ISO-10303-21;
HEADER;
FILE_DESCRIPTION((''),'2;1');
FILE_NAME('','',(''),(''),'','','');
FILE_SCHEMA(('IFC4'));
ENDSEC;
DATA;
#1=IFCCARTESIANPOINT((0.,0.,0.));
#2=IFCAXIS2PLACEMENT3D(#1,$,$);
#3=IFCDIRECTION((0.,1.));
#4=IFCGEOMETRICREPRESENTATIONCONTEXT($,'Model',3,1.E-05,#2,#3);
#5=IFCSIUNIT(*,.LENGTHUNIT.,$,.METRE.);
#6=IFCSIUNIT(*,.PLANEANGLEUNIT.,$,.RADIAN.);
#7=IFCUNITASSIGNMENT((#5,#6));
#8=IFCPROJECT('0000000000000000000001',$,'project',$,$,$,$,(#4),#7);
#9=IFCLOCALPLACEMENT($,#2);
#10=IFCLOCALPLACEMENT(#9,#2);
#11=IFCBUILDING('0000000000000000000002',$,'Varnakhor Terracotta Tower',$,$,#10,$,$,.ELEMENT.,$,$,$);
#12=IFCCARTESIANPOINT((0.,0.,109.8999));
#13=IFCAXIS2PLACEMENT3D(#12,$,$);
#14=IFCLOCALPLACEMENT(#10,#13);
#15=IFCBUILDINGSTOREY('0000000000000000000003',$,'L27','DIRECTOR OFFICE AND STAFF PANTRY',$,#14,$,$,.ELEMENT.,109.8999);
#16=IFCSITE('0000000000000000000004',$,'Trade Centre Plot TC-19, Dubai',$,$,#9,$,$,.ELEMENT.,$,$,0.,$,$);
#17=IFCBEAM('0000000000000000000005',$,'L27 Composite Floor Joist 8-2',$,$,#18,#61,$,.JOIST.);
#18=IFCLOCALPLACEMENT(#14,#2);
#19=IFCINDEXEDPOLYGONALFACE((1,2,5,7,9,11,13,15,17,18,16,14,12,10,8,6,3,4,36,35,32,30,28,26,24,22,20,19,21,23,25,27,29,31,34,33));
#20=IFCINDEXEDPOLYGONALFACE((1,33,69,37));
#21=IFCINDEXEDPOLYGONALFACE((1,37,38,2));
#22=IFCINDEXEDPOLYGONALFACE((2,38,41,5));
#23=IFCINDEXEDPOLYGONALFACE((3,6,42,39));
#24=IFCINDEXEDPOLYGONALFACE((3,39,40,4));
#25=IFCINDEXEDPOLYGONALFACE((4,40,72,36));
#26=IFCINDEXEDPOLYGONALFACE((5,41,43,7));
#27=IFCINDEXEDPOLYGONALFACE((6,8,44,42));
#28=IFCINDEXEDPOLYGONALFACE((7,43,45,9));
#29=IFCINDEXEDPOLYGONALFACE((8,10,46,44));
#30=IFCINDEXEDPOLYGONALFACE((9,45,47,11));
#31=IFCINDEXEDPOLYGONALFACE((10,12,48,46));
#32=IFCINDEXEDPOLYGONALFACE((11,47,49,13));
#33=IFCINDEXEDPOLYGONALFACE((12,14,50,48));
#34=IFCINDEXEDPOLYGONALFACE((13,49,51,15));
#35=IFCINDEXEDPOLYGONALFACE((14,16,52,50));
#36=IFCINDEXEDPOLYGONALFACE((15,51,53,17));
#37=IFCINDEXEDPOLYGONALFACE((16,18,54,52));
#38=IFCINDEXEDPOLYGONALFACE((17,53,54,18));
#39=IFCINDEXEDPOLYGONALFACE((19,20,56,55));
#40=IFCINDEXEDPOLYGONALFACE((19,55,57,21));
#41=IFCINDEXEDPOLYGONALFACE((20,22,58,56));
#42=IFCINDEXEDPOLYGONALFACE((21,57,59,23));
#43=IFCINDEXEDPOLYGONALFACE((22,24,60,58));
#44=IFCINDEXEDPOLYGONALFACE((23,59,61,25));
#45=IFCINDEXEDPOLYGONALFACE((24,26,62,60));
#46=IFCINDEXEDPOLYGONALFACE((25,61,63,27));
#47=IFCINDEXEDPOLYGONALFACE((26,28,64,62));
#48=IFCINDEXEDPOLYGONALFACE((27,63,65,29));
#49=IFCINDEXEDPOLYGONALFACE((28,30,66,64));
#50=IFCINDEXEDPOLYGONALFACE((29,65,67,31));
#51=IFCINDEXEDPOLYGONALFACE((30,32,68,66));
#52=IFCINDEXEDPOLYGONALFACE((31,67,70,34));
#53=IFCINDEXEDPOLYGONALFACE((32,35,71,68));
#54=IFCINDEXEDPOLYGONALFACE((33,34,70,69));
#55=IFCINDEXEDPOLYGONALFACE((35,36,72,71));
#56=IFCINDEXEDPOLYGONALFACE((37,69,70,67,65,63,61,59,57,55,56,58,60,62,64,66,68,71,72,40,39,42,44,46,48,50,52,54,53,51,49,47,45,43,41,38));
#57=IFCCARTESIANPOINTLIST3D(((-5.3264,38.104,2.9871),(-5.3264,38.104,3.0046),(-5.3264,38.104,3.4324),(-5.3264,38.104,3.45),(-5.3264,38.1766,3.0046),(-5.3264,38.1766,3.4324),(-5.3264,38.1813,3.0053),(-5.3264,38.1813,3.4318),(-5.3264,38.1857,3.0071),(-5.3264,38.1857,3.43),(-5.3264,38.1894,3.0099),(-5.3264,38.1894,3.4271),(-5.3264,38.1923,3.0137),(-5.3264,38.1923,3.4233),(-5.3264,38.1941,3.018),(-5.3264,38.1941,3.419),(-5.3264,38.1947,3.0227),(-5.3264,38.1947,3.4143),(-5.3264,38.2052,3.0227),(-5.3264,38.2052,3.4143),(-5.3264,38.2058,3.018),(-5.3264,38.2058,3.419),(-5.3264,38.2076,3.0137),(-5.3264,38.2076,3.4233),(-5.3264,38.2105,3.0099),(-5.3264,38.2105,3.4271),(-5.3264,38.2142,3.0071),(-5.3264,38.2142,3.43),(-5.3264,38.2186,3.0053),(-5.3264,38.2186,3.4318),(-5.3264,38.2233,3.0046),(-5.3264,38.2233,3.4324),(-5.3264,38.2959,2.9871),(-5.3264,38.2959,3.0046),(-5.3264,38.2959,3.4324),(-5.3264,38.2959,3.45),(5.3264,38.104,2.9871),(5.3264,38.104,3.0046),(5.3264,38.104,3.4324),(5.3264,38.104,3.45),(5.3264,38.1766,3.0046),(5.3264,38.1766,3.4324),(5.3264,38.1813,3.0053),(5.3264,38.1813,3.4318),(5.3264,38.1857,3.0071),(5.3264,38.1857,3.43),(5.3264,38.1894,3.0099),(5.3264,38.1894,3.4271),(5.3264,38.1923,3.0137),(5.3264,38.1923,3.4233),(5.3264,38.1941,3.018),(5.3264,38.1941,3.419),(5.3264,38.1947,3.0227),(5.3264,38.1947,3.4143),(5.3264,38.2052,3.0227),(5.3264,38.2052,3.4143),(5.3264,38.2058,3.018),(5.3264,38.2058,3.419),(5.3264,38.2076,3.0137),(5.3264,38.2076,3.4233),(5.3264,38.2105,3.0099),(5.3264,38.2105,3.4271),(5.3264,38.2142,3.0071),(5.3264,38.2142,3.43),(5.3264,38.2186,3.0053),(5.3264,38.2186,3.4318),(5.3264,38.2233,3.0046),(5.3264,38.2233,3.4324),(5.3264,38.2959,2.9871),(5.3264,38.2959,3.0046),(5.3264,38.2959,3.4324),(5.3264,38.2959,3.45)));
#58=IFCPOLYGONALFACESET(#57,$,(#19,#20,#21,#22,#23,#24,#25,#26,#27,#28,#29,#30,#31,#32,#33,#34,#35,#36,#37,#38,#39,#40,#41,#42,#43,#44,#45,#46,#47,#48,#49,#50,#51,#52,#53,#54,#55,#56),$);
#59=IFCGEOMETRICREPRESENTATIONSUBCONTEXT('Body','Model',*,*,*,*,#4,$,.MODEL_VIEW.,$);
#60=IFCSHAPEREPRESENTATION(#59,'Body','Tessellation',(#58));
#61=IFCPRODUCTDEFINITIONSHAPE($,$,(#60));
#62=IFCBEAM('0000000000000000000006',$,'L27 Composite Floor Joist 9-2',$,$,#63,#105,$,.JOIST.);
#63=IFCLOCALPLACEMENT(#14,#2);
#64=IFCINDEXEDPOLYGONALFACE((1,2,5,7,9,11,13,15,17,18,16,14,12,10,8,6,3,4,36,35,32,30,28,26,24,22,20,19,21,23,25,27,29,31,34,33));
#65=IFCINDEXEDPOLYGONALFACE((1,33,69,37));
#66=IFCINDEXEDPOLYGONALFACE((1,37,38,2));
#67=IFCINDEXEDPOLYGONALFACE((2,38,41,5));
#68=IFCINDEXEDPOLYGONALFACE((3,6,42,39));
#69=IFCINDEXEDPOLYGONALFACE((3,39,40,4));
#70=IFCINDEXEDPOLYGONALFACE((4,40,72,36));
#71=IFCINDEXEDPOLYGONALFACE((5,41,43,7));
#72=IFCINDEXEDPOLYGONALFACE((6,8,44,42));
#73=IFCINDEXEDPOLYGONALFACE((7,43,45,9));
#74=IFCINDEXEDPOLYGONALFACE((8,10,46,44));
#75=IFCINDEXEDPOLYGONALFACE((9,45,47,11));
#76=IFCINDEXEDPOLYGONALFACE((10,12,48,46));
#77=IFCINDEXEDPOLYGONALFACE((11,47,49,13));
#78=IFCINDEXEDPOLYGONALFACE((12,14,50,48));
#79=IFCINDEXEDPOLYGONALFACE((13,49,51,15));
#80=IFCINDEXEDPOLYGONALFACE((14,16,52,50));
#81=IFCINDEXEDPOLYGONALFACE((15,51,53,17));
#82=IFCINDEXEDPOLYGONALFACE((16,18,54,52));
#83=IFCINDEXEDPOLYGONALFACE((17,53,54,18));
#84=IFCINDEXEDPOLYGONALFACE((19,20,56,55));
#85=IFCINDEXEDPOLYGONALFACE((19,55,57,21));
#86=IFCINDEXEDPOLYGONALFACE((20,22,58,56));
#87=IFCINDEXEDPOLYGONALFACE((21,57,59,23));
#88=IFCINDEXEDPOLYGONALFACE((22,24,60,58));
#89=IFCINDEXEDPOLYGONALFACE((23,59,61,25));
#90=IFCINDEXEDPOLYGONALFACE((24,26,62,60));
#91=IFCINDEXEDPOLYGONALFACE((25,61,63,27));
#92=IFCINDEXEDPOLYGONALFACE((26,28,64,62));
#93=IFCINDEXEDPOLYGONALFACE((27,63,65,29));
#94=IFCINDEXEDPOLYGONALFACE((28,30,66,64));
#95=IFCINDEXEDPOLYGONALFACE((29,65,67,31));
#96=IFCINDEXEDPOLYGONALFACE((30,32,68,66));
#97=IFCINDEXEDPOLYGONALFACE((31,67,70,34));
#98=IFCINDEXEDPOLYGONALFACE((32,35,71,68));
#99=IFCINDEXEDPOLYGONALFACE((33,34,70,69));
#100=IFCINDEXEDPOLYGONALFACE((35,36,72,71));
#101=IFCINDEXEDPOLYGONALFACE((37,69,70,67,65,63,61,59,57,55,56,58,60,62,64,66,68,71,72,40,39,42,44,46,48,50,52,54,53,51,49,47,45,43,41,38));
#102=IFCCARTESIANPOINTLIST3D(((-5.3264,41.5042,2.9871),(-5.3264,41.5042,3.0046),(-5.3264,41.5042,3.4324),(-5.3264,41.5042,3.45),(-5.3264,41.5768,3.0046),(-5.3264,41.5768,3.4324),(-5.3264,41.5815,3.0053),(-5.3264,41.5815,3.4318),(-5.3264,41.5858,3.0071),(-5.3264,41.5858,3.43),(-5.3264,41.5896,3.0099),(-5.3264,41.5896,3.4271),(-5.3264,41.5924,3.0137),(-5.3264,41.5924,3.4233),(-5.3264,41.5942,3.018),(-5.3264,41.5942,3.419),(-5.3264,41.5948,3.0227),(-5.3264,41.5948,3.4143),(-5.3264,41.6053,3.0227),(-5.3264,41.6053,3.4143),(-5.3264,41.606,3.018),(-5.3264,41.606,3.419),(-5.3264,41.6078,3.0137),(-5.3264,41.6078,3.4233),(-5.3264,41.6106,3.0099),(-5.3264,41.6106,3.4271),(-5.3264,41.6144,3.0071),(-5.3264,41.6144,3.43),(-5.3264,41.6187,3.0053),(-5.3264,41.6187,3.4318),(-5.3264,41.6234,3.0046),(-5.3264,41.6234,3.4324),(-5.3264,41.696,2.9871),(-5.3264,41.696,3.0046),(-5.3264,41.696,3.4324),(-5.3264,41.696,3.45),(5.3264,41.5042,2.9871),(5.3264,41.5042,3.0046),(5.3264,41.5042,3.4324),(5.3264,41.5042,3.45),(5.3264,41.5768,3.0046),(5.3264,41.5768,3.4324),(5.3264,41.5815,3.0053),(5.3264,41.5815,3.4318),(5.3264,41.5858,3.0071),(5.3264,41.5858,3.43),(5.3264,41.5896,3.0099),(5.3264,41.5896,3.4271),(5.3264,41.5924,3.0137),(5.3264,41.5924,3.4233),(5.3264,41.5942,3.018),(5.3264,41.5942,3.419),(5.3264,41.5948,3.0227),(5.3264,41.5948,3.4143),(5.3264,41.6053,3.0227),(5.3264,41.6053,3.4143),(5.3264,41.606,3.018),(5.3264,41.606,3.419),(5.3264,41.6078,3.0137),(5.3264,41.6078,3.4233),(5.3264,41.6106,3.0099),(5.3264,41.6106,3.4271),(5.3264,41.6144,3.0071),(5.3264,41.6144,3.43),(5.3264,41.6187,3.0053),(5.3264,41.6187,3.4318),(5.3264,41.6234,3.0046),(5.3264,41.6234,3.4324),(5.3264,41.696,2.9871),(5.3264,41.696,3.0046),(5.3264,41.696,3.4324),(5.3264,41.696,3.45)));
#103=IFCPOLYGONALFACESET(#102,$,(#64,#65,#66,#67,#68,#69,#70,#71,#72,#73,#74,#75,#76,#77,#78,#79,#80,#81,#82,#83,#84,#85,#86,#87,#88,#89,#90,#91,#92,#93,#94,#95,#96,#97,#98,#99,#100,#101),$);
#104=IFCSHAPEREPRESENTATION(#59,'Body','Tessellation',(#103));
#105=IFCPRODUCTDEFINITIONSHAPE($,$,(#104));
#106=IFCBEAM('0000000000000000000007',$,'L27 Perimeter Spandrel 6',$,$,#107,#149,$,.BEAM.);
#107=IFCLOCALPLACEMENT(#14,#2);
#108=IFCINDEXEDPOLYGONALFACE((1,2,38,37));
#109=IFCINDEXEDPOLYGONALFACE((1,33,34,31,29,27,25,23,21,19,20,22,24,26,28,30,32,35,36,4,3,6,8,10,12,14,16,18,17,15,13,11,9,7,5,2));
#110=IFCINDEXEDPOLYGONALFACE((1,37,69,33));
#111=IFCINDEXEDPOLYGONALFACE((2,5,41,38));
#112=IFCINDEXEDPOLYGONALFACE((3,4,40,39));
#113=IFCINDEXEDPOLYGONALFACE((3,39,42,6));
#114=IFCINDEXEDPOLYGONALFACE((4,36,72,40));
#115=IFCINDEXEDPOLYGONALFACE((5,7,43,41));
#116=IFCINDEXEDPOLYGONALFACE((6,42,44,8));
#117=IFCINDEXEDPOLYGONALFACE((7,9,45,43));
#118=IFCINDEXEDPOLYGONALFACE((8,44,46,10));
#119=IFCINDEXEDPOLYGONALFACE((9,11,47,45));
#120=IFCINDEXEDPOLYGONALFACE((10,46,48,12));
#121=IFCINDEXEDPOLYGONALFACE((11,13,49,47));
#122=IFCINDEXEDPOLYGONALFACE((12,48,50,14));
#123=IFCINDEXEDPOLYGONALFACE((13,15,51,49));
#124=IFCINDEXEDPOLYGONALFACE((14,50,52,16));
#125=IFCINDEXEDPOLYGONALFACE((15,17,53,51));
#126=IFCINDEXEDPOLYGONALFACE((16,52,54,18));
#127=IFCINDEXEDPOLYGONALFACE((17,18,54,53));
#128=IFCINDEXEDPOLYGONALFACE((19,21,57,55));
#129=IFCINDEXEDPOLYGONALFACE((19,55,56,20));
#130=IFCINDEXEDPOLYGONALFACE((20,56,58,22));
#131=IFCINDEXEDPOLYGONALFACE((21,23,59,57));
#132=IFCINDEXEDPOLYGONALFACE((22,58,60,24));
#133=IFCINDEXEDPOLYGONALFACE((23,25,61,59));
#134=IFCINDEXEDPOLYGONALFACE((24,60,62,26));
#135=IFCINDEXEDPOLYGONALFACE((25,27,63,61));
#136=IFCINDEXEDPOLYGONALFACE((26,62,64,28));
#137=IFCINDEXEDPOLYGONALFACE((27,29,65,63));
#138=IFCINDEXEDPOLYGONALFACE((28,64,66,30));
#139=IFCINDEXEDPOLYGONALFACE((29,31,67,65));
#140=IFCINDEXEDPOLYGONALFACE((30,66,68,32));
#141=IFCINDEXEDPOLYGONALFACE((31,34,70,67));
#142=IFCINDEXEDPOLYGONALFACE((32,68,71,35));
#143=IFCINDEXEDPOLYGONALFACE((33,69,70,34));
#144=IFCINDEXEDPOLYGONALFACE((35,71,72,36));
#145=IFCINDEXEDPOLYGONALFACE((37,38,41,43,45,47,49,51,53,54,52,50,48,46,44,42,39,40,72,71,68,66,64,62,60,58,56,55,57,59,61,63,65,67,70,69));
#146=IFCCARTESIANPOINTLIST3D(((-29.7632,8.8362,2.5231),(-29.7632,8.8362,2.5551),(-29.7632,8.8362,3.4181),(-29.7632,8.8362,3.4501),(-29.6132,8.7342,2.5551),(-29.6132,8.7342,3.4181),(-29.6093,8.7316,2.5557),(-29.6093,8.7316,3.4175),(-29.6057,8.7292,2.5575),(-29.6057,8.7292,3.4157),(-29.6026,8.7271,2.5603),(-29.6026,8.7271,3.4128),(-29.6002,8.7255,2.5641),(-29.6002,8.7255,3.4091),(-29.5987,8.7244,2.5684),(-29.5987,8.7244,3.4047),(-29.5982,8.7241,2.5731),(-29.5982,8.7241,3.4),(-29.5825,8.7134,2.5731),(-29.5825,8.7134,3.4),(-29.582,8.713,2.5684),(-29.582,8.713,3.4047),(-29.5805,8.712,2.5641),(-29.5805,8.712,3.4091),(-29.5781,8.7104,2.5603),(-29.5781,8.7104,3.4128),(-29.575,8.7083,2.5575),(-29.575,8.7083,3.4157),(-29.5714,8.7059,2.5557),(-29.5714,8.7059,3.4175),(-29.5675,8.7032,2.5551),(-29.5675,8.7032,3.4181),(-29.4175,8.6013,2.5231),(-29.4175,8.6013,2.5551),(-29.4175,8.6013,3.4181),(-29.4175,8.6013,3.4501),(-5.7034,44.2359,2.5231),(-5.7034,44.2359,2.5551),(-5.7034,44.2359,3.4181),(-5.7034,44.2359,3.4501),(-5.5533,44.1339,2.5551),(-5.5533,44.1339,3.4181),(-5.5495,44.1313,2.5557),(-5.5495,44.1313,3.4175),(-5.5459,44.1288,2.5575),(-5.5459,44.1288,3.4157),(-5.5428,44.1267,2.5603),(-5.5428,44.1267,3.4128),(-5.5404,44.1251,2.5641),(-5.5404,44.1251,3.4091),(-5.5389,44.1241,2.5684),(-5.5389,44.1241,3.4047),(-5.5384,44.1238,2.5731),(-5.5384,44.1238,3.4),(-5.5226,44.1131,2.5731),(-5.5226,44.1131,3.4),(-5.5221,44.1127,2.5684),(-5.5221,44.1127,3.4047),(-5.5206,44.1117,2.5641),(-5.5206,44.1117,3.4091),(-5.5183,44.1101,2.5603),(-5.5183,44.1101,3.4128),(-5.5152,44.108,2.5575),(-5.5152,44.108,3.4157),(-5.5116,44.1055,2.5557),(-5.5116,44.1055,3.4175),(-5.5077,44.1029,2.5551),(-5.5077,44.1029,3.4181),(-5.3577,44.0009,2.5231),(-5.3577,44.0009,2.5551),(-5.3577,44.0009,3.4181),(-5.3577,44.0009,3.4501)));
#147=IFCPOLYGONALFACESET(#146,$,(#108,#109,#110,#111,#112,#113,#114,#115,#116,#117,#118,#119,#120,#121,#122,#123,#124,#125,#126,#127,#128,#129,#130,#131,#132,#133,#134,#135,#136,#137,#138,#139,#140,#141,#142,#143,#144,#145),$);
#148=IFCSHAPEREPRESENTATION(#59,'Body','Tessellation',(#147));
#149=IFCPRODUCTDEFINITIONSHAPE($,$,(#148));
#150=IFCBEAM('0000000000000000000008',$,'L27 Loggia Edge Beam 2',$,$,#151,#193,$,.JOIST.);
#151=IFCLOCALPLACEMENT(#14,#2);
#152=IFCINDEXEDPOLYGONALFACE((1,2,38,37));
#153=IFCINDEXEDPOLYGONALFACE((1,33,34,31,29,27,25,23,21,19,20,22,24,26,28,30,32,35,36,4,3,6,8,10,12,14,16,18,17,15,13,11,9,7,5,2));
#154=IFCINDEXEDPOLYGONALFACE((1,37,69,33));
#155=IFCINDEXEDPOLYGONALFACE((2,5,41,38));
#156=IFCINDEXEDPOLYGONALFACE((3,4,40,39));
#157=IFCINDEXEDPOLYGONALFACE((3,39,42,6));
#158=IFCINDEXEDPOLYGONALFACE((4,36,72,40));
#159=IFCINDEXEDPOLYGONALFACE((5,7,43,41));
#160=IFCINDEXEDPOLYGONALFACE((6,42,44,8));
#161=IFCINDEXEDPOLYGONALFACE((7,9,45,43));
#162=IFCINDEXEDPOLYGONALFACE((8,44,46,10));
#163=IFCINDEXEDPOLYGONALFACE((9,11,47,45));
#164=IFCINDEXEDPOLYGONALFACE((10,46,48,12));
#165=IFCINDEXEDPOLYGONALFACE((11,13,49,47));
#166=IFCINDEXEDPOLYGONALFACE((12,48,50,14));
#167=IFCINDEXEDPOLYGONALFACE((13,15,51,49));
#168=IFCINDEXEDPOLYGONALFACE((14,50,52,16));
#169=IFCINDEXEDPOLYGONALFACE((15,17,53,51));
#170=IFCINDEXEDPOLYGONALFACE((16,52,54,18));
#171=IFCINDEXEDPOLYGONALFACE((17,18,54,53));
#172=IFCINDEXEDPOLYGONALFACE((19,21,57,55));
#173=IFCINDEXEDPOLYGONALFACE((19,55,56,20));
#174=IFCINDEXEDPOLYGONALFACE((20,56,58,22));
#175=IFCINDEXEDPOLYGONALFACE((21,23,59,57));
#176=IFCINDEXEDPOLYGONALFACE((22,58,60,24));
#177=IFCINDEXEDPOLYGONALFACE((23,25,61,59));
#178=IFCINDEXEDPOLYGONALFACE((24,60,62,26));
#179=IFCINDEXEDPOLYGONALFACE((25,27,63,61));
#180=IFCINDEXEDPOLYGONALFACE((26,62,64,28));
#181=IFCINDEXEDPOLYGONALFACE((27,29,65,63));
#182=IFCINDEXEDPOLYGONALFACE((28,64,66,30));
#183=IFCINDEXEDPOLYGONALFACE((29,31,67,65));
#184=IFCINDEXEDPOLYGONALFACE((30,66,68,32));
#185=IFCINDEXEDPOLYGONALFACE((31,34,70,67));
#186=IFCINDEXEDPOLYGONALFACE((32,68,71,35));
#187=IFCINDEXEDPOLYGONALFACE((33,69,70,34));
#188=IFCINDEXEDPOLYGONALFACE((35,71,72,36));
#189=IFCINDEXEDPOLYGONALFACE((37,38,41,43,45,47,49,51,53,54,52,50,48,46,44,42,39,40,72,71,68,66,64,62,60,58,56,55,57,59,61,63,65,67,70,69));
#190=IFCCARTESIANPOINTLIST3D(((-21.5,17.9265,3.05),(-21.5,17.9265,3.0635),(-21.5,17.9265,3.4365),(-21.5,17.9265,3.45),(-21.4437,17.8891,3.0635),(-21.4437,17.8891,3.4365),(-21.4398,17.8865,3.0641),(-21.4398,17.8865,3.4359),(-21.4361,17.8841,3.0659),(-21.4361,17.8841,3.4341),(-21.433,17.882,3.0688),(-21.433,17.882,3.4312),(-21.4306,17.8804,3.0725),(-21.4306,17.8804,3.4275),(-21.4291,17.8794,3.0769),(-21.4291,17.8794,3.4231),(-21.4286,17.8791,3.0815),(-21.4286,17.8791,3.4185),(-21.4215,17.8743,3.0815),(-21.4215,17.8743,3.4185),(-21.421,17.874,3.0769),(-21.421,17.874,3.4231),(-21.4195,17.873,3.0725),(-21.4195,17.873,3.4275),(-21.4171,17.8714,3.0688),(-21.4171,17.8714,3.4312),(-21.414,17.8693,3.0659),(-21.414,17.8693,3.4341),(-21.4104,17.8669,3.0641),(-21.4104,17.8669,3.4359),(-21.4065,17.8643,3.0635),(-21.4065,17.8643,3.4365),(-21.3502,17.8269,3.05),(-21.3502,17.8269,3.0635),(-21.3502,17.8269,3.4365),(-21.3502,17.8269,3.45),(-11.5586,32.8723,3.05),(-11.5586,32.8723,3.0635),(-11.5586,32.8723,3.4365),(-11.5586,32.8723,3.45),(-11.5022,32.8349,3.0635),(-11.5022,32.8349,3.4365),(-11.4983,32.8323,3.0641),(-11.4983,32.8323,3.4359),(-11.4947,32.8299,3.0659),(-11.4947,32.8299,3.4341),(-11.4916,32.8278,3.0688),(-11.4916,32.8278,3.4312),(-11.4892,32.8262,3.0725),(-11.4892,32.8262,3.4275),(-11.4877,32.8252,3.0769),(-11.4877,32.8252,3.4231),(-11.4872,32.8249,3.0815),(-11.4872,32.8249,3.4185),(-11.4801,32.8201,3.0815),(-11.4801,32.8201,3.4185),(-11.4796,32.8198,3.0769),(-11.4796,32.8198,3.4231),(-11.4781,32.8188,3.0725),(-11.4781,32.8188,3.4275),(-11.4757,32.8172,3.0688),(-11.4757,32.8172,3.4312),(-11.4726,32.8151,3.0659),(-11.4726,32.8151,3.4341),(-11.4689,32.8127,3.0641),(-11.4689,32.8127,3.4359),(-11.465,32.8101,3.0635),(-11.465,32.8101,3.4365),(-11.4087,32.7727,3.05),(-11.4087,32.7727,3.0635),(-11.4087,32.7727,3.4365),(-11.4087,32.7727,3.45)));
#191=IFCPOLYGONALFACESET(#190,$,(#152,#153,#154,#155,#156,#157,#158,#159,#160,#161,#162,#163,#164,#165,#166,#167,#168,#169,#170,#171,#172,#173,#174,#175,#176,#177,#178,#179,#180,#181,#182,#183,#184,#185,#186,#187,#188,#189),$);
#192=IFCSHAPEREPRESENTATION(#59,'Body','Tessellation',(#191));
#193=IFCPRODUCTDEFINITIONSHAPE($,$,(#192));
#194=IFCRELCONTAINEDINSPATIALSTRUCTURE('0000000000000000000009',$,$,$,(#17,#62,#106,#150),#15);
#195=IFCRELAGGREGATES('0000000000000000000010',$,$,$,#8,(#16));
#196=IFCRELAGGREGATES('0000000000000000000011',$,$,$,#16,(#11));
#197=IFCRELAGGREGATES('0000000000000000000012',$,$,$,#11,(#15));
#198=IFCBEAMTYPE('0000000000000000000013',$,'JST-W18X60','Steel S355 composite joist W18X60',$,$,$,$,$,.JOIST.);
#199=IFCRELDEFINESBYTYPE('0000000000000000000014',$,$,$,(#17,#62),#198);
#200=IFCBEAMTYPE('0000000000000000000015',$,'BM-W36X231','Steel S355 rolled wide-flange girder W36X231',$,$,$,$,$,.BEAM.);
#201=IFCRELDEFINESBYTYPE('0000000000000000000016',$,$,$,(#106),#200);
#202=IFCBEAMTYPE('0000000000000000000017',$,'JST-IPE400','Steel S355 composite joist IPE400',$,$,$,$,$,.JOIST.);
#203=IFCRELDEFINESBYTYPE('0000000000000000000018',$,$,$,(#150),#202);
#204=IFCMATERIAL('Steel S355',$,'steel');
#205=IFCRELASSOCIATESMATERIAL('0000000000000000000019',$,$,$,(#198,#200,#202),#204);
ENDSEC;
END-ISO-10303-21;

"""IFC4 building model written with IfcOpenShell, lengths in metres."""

from ifc_helpers import new_model, si_unit, direction, frame, origin, origin_2d, place, context, subcontext, project, spatial, i_section, extrude, source, transform, mapped, material, material_profile, profile_set, type_object, element, save


model = new_model("IFC4")

# Units and contexts
model_context = context("Model", 3, precision=1e-05, world=origin(), true_north=direction((0.0, 1.0)))
body_context = subcontext(model_context, "Body", "Model", "MODEL_VIEW")
ifc_project = project(units=[si_unit("LENGTHUNIT", "METRE"), si_unit("PLANEANGLEUNIT", "RADIAN")], contexts=[model_context])

# Site, building, storey
site_placement = place(None, origin())
site = spatial("IfcSite", under=ifc_project, at=site_placement, Name="Trade Centre Plot TC-19, Dubai", CompositionType="ELEMENT", RefElevation=0.0)
building_placement = place(site_placement, origin())
building = spatial("IfcBuilding", under=site, at=building_placement, Name="Varnakhor Terracotta Tower", CompositionType="ELEMENT")
storey_placement = place(building_placement, frame((0.0, 0.0, 109.8999)))
storey = spatial("IfcBuildingStorey", under=building, at=storey_placement, Name="L27", Description="DIRECTOR OFFICE AND STAFF PANTRY", CompositionType="ELEMENT", Elevation=109.8999)

# Beams
ifc_material_1 = material(Name="Steel S355", Category="steel")
ifc_material_profile_1 = material_profile(ifc_material_1, i_section(OverallWidth=0.1919, OverallDepth=0.4629, WebThickness=0.0105, FlangeThickness=0.0176, FilletRadius=0.0181, at=origin_2d()), Name="W18X60")
ifc_profile_set_1 = profile_set([ifc_material_profile_1], Name="Steel S355")
beam_type_1 = type_object("IfcBeamType", Name="JST-W18X60", Description="Steel S355 composite joist W18X60", PredefinedType="JOIST", material=ifc_profile_set_1)
shared_shape_1 = source(origin(), body_context, "Body", "SweptSolid", [
    extrude(i_section(OverallWidth=0.1919, OverallDepth=0.4629, WebThickness=0.0105, FlangeThickness=0.0176, FilletRadius=0.0181, at=origin_2d()), origin(), (0.0, 0.0, 1.0), 10.6528),
])
for number, where, z_axis, x_axis, name in (
    (1, (-5.3264, 38.2, 3.2185), (1.0, 0.0, 0.0), (0.0, 1.0, 0.0), "L27 Composite Floor Joist 8-2"),
    (2, (-5.3264, 41.6001, 3.2185), (1.0, 0.0, 0.0), (0.0, 1.0, 0.0), "L27 Composite Floor Joist 9-2"),
):
    element("IfcBeam", number, at=place(storey_placement, frame(where, z_axis=z_axis, x_axis=x_axis)), inside=storey, type_object=beam_type_1, Name=name, PredefinedType="JOIST", context=body_context, shape_type="MappedRepresentation", body=[
        mapped(shared_shape_1, transform((0.0, 0.0, 0.0), scale=1.0)),
    ])
ifc_material_profile_2 = material_profile(ifc_material_1, i_section(OverallWidth=0.418, OverallDepth=0.927, WebThickness=0.019, FlangeThickness=0.032, FilletRadius=0.0181, at=origin_2d()), Name="W36X231")
ifc_profile_set_2 = profile_set([ifc_material_profile_2], Name="Steel S355")
beam_type_2 = type_object("IfcBeamType", Name="BM-W36X231", Description="Steel S355 rolled wide-flange girder W36X231", PredefinedType="BEAM", material=ifc_profile_set_2)
shared_shape_2 = source(origin(), body_context, "Body", "SweptSolid", [
    extrude(i_section(OverallWidth=0.418, OverallDepth=0.927, WebThickness=0.019, FlangeThickness=0.032, FilletRadius=0.0181, at=origin_2d()), origin(), (0.0, 0.0, 1.0), 42.802),
])
beam_1_placement = place(storey_placement, frame((-5.5305, 44.1184, 2.9866), z_axis=(-0.562119, -0.827056, 0.0), x_axis=(0.827056, -0.562119, 0.0)))
element("IfcBeam", 3, at=beam_1_placement, inside=storey, type_object=beam_type_2, Name="L27 Perimeter Spandrel 6", PredefinedType="BEAM", context=body_context, shape_type="MappedRepresentation", body=[
    mapped(shared_shape_2, transform((0.0, 0.0, 0.0), scale=1.0)),
])
ifc_material_profile_3 = material_profile(ifc_material_1, i_section(OverallWidth=0.1799, OverallDepth=0.3999, WebThickness=0.0085, FlangeThickness=0.0134, FilletRadius=0.0181, at=origin_2d()), Name="IPE400")
ifc_profile_set_3 = profile_set([ifc_material_profile_3], Name="Steel S355")
beam_type_3 = type_object("IfcBeamType", Name="JST-IPE400", Description="Steel S355 composite joist IPE400", PredefinedType="JOIST", material=ifc_profile_set_3)
shared_shape_3 = source(origin(), body_context, "Body", "SweptSolid", [
    extrude(i_section(OverallWidth=0.1799, OverallDepth=0.3999, WebThickness=0.0085, FlangeThickness=0.0134, FilletRadius=0.0181, at=origin_2d()), origin(), (0.0, 0.0, 1.0), 17.9502),
])
beam_2_placement = place(storey_placement, frame((-11.4836, 32.8225, 3.25), z_axis=(-0.553834, -0.832627, 0.0), x_axis=(0.832627, -0.553834, 0.0)))
element("IfcBeam", 4, at=beam_2_placement, inside=storey, type_object=beam_type_3, Name="L27 Loggia Edge Beam 2", PredefinedType="JOIST", context=body_context, shape_type="MappedRepresentation", body=[
    mapped(shared_shape_3, transform((0.0, 0.0, 0.0), scale=1.0)),
])

save(model, "model.ifc")
